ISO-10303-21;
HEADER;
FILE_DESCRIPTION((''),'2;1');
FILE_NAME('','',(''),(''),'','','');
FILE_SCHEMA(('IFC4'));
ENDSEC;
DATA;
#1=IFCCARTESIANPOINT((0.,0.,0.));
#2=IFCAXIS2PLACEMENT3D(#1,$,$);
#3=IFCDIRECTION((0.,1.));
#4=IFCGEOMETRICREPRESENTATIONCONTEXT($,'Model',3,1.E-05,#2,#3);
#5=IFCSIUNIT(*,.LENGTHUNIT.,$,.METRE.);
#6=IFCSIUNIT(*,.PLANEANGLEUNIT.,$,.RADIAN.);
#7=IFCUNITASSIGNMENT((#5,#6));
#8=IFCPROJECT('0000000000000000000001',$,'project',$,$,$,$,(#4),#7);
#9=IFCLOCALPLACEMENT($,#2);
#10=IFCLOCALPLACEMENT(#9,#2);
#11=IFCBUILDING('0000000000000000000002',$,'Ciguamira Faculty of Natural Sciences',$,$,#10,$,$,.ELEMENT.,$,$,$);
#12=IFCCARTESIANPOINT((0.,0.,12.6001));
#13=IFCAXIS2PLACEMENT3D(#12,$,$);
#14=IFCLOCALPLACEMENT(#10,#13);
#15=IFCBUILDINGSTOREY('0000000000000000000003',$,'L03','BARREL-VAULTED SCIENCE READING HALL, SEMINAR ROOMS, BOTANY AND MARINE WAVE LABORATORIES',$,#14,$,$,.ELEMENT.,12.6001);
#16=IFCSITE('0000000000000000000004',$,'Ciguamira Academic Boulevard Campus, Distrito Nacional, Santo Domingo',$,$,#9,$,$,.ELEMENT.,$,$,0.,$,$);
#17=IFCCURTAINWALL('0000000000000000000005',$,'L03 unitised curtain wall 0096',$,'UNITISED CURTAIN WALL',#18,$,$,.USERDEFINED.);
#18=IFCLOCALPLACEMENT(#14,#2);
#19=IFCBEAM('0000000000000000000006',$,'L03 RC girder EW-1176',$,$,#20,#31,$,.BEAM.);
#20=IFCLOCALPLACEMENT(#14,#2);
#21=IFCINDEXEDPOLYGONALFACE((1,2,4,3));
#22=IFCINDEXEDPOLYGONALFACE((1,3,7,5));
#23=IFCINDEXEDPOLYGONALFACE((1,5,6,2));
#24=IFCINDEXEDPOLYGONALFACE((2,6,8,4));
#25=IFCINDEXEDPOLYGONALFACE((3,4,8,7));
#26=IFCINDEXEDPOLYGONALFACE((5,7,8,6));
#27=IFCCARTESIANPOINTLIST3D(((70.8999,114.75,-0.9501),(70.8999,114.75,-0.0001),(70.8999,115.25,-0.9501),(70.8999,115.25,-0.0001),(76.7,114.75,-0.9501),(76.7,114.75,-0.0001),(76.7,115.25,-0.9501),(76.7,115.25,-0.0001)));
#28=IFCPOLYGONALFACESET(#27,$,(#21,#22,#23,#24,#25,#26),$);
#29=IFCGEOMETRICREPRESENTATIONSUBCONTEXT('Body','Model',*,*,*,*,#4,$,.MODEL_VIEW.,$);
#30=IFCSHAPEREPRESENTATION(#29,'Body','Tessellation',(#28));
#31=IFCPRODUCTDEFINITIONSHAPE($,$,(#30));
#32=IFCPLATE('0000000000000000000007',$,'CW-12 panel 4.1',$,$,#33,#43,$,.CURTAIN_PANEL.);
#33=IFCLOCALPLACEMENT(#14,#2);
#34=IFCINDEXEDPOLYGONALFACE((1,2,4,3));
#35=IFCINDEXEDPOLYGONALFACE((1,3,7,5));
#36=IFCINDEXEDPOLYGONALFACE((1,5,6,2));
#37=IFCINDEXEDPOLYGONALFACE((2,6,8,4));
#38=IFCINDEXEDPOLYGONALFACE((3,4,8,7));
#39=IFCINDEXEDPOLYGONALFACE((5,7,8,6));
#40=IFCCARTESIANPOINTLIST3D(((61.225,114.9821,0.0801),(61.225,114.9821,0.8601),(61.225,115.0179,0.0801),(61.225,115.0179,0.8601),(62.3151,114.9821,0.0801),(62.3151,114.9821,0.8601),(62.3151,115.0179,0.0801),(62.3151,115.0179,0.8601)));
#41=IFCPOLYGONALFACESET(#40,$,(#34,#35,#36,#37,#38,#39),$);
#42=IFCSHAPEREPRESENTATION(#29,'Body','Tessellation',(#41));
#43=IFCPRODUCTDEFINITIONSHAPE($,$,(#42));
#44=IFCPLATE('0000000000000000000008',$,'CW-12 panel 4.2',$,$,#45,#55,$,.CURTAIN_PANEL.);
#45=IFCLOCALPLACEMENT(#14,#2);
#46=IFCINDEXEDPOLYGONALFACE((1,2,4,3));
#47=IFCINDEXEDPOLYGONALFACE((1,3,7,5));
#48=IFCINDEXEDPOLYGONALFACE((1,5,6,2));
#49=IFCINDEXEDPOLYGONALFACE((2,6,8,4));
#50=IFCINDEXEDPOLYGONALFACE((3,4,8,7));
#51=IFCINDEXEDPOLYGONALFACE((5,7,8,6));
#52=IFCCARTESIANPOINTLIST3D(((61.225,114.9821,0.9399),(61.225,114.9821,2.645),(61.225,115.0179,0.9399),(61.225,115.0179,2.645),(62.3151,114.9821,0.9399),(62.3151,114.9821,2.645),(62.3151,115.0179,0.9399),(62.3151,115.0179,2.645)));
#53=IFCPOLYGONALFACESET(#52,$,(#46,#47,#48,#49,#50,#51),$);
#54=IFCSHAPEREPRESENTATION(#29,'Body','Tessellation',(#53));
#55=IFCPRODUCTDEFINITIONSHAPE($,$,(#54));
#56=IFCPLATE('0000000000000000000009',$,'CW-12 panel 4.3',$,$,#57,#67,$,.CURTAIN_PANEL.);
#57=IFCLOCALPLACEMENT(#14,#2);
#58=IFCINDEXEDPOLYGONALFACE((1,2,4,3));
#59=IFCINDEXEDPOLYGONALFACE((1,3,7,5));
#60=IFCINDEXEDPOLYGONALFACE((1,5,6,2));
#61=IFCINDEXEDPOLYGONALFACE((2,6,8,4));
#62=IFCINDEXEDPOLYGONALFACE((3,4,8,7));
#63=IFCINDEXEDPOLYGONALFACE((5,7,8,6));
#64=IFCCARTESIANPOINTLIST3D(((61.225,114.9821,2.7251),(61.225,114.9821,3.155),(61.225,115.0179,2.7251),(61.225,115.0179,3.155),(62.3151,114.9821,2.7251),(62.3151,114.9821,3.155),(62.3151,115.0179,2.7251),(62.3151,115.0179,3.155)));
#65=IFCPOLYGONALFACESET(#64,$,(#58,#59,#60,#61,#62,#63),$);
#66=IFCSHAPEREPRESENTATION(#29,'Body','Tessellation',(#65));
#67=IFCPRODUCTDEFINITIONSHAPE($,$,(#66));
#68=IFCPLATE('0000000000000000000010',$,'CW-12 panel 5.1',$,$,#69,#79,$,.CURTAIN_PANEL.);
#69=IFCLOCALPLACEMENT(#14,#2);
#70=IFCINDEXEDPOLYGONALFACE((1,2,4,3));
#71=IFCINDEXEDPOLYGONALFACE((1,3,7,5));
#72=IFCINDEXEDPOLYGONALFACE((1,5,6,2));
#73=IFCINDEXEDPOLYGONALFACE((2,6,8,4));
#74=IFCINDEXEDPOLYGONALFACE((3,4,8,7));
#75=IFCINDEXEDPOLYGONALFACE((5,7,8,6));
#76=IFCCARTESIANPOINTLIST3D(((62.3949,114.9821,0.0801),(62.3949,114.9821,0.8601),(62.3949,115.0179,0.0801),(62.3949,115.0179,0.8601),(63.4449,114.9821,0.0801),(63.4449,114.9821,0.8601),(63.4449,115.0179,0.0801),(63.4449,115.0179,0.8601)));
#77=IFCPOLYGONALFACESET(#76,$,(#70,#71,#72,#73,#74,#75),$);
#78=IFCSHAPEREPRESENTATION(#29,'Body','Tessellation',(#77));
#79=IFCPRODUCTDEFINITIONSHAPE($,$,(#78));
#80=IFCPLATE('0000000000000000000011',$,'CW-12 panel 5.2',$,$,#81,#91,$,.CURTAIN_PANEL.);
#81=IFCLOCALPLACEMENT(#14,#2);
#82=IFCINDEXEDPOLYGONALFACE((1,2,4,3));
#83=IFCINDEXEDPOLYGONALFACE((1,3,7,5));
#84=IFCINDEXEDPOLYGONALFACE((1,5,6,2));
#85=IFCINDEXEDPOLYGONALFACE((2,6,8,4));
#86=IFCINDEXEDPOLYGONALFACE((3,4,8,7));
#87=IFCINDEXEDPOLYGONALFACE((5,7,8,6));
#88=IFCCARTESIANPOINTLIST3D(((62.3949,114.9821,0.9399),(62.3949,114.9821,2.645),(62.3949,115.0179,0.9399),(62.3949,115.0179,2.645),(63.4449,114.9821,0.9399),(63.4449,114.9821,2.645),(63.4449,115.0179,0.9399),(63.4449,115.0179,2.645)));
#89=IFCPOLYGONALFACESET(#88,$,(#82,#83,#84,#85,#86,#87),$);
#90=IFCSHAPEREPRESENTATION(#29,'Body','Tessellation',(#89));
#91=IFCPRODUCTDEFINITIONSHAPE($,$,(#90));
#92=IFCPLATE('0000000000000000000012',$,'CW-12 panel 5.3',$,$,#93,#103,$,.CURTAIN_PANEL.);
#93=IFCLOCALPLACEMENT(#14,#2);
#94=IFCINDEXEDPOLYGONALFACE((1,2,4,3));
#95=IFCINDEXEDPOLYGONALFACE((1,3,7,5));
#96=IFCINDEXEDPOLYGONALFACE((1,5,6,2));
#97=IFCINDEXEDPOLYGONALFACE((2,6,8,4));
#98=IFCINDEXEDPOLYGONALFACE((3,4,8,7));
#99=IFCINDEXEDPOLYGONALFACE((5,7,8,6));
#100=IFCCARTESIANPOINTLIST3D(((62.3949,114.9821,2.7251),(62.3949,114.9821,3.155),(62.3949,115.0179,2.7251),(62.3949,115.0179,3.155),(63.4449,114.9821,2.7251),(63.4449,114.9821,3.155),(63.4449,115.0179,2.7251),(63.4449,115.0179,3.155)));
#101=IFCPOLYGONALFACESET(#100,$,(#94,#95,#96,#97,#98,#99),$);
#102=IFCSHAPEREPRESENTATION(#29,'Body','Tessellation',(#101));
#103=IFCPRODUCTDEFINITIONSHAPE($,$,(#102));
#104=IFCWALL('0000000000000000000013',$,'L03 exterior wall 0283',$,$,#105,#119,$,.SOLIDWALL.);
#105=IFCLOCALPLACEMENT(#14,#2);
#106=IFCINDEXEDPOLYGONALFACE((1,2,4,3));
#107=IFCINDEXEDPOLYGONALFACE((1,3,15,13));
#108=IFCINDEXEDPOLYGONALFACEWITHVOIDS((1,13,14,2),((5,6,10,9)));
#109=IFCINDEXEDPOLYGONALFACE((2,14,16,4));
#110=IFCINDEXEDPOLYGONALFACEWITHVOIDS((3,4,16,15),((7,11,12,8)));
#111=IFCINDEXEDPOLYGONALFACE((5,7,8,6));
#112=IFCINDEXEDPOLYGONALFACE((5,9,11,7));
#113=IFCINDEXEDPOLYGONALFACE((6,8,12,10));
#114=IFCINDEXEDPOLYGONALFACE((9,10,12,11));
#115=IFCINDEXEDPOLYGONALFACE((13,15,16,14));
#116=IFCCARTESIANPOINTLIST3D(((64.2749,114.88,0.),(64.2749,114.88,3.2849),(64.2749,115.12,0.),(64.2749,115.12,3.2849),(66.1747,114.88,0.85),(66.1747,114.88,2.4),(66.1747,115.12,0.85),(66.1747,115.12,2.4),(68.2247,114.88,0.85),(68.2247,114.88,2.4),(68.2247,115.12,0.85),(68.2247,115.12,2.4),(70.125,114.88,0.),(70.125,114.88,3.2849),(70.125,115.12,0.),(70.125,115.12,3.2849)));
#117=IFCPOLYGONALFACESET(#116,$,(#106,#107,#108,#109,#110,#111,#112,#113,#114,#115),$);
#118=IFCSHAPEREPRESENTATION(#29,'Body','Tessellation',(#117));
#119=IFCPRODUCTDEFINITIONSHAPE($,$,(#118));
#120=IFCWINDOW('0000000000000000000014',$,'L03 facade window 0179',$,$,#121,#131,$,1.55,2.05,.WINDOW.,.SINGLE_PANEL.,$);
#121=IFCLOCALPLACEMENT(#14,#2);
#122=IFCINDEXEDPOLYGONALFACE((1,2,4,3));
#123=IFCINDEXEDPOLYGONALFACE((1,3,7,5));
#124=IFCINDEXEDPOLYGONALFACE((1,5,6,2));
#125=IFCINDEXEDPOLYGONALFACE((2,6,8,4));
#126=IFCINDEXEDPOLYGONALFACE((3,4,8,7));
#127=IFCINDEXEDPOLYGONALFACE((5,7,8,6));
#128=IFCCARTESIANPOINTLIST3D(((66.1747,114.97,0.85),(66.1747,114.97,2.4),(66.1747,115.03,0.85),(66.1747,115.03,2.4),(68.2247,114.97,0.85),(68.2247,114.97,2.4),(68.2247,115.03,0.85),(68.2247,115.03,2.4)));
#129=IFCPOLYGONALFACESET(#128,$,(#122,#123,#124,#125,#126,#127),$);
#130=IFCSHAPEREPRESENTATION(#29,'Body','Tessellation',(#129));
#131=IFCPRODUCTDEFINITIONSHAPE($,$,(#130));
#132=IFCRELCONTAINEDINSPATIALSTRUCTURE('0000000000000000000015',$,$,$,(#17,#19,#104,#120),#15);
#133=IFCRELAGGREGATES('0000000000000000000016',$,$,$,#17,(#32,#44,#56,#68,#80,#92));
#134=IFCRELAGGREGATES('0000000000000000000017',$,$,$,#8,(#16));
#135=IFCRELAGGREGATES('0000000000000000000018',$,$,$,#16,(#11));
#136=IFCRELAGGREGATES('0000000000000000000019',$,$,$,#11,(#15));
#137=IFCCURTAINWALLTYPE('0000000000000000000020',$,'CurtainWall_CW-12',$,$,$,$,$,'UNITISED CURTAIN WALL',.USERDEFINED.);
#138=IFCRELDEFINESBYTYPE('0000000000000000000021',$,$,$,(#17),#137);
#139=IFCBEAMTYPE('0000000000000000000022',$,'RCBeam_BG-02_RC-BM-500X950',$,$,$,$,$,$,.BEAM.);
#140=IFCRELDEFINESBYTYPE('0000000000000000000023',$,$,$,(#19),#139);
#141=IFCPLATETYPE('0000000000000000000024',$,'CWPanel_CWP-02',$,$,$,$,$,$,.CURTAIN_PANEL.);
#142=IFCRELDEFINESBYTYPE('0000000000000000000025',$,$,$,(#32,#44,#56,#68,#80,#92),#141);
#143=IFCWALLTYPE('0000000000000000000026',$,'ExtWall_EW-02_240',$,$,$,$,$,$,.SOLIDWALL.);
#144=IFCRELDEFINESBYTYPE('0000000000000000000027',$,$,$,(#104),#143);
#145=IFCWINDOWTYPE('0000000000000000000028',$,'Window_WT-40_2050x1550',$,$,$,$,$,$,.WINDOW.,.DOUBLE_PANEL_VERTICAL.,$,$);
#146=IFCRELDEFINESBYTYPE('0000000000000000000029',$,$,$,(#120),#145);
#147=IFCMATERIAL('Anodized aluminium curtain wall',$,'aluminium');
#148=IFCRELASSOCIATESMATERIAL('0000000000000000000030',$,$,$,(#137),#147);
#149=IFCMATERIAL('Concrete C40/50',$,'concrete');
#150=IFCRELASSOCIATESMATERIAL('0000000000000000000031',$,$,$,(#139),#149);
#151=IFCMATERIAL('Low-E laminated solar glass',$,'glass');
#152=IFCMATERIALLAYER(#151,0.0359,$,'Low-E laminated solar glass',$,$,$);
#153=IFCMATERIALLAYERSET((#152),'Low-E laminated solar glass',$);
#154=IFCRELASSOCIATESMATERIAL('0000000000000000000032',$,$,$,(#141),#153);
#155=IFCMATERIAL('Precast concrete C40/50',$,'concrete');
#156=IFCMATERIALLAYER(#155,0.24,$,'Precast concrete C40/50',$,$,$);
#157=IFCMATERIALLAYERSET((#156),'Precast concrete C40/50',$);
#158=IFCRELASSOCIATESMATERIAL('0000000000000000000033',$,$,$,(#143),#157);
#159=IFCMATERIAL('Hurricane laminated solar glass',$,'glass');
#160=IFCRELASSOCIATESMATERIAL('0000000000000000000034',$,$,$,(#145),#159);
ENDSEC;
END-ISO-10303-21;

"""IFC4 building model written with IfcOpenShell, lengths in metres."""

from ifc_helpers import new_model, si_unit, direction, frame, frame_2d, origin, origin_2d, place, context, subcontext, project, spatial, rectangle, extrude, material, layer, layer_set, material_profile, profile_set, type_object, element, fill, aggregate, save


model = new_model("IFC4")

# Units and contexts
model_context = context("Model", 3, precision=1e-05, world=origin(), true_north=direction((0.0, 1.0)))
body_context = subcontext(model_context, "Body", "Model", "MODEL_VIEW")
ifc_project = project(units=[si_unit("LENGTHUNIT", "METRE"), si_unit("PLANEANGLEUNIT", "RADIAN")], contexts=[model_context])

# Site, building, storey
site_placement = place(None, origin())
site = spatial("IfcSite", under=ifc_project, at=site_placement, Name="Ciguamira Academic Boulevard Campus, Distrito Nacional, Santo Domingo", CompositionType="ELEMENT", RefElevation=0.0)
building_placement = place(site_placement, origin())
building = spatial("IfcBuilding", under=site, at=building_placement, Name="Ciguamira Faculty of Natural Sciences", CompositionType="ELEMENT")
storey_placement = place(building_placement, frame((0.0, 0.0, 12.6001)))
storey = spatial("IfcBuildingStorey", under=building, at=storey_placement, Name="L03", Description="BARREL-VAULTED SCIENCE READING HALL, SEMINAR ROOMS, BOTANY AND MARINE WAVE LABORATORIES", CompositionType="ELEMENT", Elevation=12.6001)

# Curtain wall
ifc_material_1 = material(Name="Anodized aluminium curtain wall", Category="aluminium")
curtain_wall_type = type_object("IfcCurtainWallType", Name="CurtainWall_CW-12", ElementType="UNITISED CURTAIN WALL", PredefinedType="USERDEFINED", material=ifc_material_1)
curtain_wall_placement = place(storey_placement, origin())
curtain_wall = element("IfcCurtainWall", 1, at=curtain_wall_placement, inside=storey, type_object=curtain_wall_type, Name="L03 unitised curtain wall 0096", ObjectType="UNITISED CURTAIN WALL", PredefinedType="USERDEFINED")

# Beam
ifc_material_2 = material(Name="Concrete C40/50", Category="concrete")
ifc_material_profile_1 = material_profile(ifc_material_2, rectangle(XDim=0.5, YDim=0.95, at=origin_2d()), Name="RC-BM-500X950")
ifc_profile_set_1 = profile_set([ifc_material_profile_1], Name="Concrete C40/50")
beam_type = type_object("IfcBeamType", Name="RCBeam_BG-02_RC-BM-500X950", PredefinedType="BEAM", material=ifc_profile_set_1)
for number, where, z_axis, x_axis, name in (
    (2, (70.8999, 115.0, -0.4751), (1.0, 0.0, 0.0), (0.0, 1.0, 0.0), "L03 RC girder EW-1176"),
):
    element("IfcBeam", number, at=place(storey_placement, frame(where, z_axis=z_axis, x_axis=x_axis)), inside=storey, type_object=beam_type, Name=name, PredefinedType="BEAM", context=body_context, shape_type="SweptSolid", body=[
        extrude(rectangle(XDim=0.5, YDim=0.95, at=origin_2d()), origin(), (0.0, 0.0, 1.0), 5.8),
    ])

# Plates
ifc_material_3 = material(Name="Low-E laminated solar glass", Category="glass")
ifc_layer_1 = layer(ifc_material_3, 0.0359, Name="Low-E laminated solar glass")
ifc_layer_set_1 = layer_set([ifc_layer_1], Name="Low-E laminated solar glass")
plate_type = type_object("IfcPlateType", Name="CWPanel_CWP-02", PredefinedType="CURTAIN_PANEL", material=ifc_layer_set_1)
plate_1_placement = place(storey_placement, frame((61.77, 115.0, 0.0801), z_axis=(0.0, 0.0, 1.0), x_axis=(1.0, 0.0, 0.0)))
plate_1 = element("IfcPlate", 3, at=plate_1_placement, type_object=plate_type, Name="CW-12 panel 4.1", PredefinedType="CURTAIN_PANEL", context=body_context, shape_type="SweptSolid", body=[
    extrude(rectangle(XDim=1.0901, YDim=0.0359, at=origin_2d()), origin(), (0.0, 0.0, 1.0), 0.78),
])
plate_2_placement = place(storey_placement, frame((61.77, 115.0, 0.9399), z_axis=(0.0, 0.0, 1.0), x_axis=(1.0, 0.0, 0.0)))
plate_2 = element("IfcPlate", 4, at=plate_2_placement, type_object=plate_type, Name="CW-12 panel 4.2", PredefinedType="CURTAIN_PANEL", context=body_context, shape_type="SweptSolid", body=[
    extrude(rectangle(XDim=1.0901, YDim=0.0359, at=origin_2d()), origin(), (0.0, 0.0, 1.0), 1.7051),
])
plate_3_placement = place(storey_placement, frame((61.77, 115.0, 2.7251), z_axis=(0.0, 0.0, 1.0), x_axis=(1.0, 0.0, 0.0)))
plate_3 = element("IfcPlate", 5, at=plate_3_placement, type_object=plate_type, Name="CW-12 panel 4.3", PredefinedType="CURTAIN_PANEL", context=body_context, shape_type="SweptSolid", body=[
    extrude(rectangle(XDim=1.0901, YDim=0.0359, at=origin_2d()), origin(), (0.0, 0.0, 1.0), 0.4299),
])
plate_4_placement = place(storey_placement, frame((62.9199, 115.0, 0.0801), z_axis=(0.0, 0.0, 1.0), x_axis=(1.0, 0.0, 0.0)))
plate_4 = element("IfcPlate", 6, at=plate_4_placement, type_object=plate_type, Name="CW-12 panel 5.1", PredefinedType="CURTAIN_PANEL", context=body_context, shape_type="SweptSolid", body=[
    extrude(rectangle(XDim=1.05, YDim=0.0359, at=origin_2d()), origin(), (0.0, 0.0, 1.0), 0.78),
])
plate_5_placement = place(storey_placement, frame((62.9199, 115.0, 0.9399), z_axis=(0.0, 0.0, 1.0), x_axis=(1.0, 0.0, 0.0)))
plate_5 = element("IfcPlate", 7, at=plate_5_placement, type_object=plate_type, Name="CW-12 panel 5.2", PredefinedType="CURTAIN_PANEL", context=body_context, shape_type="SweptSolid", body=[
    extrude(rectangle(XDim=1.05, YDim=0.0359, at=origin_2d()), origin(), (0.0, 0.0, 1.0), 1.7051),
])
plate_6_placement = place(storey_placement, frame((62.9199, 115.0, 2.7251), z_axis=(0.0, 0.0, 1.0), x_axis=(1.0, 0.0, 0.0)))
plate_6 = element("IfcPlate", 8, at=plate_6_placement, type_object=plate_type, Name="CW-12 panel 5.3", PredefinedType="CURTAIN_PANEL", context=body_context, shape_type="SweptSolid", body=[
    extrude(rectangle(XDim=1.05, YDim=0.0359, at=origin_2d()), origin(), (0.0, 0.0, 1.0), 0.4299),
])
aggregate(curtain_wall, [plate_1, plate_2, plate_3, plate_4, plate_5, plate_6])

# Wall, opening, window
ifc_material_4 = material(Name="Precast concrete C40/50", Category="concrete")
ifc_layer_2 = layer(ifc_material_4, 0.24, Name="Precast concrete C40/50")
ifc_layer_set_2 = layer_set([ifc_layer_2], Name="Precast concrete C40/50")
wall_type = type_object("IfcWallType", Name="ExtWall_EW-02_240", PredefinedType="SOLIDWALL", material=ifc_layer_set_2)
wall_placement = place(storey_placement, frame((64.2749, 115.0, 0.0), z_axis=(0.0, 0.0, 1.0), x_axis=(1.0, 0.0, 0.0)))
wall = element("IfcWall", 9, at=wall_placement, inside=storey, type_object=wall_type, Name="L03 exterior wall 0283", PredefinedType="SOLIDWALL", context=body_context, shape_type="SweptSolid", body=[
    extrude(rectangle(XDim=5.8501, YDim=0.24, at=frame_2d((2.925, 0.0))), origin(), (0.0, 0.0, 1.0), 3.2849),
])
opening_placement = place(wall_placement, frame((1.8999, 0.0, 0.8501)))
opening = element("IfcOpeningElement", 10, at=opening_placement, cuts=wall, PredefinedType="OPENING", context=body_context, shape_type="SweptSolid", body=[
    extrude(rectangle(XDim=2.05, YDim=1.55, at=frame_2d((1.0249, 0.7749))), frame((0.0, 0.1299, 0.0), z_axis=(0.0, -1.0, 0.0), x_axis=(1.0, 0.0, 0.0)), (0.0, 0.0, 1.0), 0.26),
])
ifc_material_5 = material(Name="Hurricane laminated solar glass", Category="glass")
window_type = type_object("IfcWindowType", Name="Window_WT-40_2050x1550", PartitioningType="DOUBLE_PANEL_VERTICAL", PredefinedType="WINDOW", material=ifc_material_5)
window_placement = place(opening_placement, origin())
window = element("IfcWindow", 11, at=window_placement, inside=storey, type_object=window_type, Name="L03 facade window 0179", OverallHeight=1.55, OverallWidth=2.05, PartitioningType="SINGLE_PANEL", PredefinedType="WINDOW", context=body_context, shape_type="SweptSolid", body=[
    extrude(rectangle(XDim=2.05, YDim=1.55, at=frame_2d((1.0249, 0.7749))), frame((0.0, 0.03, 0.0), z_axis=(0.0, -1.0, 0.0), x_axis=(1.0, 0.0, 0.0)), (0.0, 0.0, 1.0), 0.0601),
])
fill(opening, window)

save(model, "model.ifc")
